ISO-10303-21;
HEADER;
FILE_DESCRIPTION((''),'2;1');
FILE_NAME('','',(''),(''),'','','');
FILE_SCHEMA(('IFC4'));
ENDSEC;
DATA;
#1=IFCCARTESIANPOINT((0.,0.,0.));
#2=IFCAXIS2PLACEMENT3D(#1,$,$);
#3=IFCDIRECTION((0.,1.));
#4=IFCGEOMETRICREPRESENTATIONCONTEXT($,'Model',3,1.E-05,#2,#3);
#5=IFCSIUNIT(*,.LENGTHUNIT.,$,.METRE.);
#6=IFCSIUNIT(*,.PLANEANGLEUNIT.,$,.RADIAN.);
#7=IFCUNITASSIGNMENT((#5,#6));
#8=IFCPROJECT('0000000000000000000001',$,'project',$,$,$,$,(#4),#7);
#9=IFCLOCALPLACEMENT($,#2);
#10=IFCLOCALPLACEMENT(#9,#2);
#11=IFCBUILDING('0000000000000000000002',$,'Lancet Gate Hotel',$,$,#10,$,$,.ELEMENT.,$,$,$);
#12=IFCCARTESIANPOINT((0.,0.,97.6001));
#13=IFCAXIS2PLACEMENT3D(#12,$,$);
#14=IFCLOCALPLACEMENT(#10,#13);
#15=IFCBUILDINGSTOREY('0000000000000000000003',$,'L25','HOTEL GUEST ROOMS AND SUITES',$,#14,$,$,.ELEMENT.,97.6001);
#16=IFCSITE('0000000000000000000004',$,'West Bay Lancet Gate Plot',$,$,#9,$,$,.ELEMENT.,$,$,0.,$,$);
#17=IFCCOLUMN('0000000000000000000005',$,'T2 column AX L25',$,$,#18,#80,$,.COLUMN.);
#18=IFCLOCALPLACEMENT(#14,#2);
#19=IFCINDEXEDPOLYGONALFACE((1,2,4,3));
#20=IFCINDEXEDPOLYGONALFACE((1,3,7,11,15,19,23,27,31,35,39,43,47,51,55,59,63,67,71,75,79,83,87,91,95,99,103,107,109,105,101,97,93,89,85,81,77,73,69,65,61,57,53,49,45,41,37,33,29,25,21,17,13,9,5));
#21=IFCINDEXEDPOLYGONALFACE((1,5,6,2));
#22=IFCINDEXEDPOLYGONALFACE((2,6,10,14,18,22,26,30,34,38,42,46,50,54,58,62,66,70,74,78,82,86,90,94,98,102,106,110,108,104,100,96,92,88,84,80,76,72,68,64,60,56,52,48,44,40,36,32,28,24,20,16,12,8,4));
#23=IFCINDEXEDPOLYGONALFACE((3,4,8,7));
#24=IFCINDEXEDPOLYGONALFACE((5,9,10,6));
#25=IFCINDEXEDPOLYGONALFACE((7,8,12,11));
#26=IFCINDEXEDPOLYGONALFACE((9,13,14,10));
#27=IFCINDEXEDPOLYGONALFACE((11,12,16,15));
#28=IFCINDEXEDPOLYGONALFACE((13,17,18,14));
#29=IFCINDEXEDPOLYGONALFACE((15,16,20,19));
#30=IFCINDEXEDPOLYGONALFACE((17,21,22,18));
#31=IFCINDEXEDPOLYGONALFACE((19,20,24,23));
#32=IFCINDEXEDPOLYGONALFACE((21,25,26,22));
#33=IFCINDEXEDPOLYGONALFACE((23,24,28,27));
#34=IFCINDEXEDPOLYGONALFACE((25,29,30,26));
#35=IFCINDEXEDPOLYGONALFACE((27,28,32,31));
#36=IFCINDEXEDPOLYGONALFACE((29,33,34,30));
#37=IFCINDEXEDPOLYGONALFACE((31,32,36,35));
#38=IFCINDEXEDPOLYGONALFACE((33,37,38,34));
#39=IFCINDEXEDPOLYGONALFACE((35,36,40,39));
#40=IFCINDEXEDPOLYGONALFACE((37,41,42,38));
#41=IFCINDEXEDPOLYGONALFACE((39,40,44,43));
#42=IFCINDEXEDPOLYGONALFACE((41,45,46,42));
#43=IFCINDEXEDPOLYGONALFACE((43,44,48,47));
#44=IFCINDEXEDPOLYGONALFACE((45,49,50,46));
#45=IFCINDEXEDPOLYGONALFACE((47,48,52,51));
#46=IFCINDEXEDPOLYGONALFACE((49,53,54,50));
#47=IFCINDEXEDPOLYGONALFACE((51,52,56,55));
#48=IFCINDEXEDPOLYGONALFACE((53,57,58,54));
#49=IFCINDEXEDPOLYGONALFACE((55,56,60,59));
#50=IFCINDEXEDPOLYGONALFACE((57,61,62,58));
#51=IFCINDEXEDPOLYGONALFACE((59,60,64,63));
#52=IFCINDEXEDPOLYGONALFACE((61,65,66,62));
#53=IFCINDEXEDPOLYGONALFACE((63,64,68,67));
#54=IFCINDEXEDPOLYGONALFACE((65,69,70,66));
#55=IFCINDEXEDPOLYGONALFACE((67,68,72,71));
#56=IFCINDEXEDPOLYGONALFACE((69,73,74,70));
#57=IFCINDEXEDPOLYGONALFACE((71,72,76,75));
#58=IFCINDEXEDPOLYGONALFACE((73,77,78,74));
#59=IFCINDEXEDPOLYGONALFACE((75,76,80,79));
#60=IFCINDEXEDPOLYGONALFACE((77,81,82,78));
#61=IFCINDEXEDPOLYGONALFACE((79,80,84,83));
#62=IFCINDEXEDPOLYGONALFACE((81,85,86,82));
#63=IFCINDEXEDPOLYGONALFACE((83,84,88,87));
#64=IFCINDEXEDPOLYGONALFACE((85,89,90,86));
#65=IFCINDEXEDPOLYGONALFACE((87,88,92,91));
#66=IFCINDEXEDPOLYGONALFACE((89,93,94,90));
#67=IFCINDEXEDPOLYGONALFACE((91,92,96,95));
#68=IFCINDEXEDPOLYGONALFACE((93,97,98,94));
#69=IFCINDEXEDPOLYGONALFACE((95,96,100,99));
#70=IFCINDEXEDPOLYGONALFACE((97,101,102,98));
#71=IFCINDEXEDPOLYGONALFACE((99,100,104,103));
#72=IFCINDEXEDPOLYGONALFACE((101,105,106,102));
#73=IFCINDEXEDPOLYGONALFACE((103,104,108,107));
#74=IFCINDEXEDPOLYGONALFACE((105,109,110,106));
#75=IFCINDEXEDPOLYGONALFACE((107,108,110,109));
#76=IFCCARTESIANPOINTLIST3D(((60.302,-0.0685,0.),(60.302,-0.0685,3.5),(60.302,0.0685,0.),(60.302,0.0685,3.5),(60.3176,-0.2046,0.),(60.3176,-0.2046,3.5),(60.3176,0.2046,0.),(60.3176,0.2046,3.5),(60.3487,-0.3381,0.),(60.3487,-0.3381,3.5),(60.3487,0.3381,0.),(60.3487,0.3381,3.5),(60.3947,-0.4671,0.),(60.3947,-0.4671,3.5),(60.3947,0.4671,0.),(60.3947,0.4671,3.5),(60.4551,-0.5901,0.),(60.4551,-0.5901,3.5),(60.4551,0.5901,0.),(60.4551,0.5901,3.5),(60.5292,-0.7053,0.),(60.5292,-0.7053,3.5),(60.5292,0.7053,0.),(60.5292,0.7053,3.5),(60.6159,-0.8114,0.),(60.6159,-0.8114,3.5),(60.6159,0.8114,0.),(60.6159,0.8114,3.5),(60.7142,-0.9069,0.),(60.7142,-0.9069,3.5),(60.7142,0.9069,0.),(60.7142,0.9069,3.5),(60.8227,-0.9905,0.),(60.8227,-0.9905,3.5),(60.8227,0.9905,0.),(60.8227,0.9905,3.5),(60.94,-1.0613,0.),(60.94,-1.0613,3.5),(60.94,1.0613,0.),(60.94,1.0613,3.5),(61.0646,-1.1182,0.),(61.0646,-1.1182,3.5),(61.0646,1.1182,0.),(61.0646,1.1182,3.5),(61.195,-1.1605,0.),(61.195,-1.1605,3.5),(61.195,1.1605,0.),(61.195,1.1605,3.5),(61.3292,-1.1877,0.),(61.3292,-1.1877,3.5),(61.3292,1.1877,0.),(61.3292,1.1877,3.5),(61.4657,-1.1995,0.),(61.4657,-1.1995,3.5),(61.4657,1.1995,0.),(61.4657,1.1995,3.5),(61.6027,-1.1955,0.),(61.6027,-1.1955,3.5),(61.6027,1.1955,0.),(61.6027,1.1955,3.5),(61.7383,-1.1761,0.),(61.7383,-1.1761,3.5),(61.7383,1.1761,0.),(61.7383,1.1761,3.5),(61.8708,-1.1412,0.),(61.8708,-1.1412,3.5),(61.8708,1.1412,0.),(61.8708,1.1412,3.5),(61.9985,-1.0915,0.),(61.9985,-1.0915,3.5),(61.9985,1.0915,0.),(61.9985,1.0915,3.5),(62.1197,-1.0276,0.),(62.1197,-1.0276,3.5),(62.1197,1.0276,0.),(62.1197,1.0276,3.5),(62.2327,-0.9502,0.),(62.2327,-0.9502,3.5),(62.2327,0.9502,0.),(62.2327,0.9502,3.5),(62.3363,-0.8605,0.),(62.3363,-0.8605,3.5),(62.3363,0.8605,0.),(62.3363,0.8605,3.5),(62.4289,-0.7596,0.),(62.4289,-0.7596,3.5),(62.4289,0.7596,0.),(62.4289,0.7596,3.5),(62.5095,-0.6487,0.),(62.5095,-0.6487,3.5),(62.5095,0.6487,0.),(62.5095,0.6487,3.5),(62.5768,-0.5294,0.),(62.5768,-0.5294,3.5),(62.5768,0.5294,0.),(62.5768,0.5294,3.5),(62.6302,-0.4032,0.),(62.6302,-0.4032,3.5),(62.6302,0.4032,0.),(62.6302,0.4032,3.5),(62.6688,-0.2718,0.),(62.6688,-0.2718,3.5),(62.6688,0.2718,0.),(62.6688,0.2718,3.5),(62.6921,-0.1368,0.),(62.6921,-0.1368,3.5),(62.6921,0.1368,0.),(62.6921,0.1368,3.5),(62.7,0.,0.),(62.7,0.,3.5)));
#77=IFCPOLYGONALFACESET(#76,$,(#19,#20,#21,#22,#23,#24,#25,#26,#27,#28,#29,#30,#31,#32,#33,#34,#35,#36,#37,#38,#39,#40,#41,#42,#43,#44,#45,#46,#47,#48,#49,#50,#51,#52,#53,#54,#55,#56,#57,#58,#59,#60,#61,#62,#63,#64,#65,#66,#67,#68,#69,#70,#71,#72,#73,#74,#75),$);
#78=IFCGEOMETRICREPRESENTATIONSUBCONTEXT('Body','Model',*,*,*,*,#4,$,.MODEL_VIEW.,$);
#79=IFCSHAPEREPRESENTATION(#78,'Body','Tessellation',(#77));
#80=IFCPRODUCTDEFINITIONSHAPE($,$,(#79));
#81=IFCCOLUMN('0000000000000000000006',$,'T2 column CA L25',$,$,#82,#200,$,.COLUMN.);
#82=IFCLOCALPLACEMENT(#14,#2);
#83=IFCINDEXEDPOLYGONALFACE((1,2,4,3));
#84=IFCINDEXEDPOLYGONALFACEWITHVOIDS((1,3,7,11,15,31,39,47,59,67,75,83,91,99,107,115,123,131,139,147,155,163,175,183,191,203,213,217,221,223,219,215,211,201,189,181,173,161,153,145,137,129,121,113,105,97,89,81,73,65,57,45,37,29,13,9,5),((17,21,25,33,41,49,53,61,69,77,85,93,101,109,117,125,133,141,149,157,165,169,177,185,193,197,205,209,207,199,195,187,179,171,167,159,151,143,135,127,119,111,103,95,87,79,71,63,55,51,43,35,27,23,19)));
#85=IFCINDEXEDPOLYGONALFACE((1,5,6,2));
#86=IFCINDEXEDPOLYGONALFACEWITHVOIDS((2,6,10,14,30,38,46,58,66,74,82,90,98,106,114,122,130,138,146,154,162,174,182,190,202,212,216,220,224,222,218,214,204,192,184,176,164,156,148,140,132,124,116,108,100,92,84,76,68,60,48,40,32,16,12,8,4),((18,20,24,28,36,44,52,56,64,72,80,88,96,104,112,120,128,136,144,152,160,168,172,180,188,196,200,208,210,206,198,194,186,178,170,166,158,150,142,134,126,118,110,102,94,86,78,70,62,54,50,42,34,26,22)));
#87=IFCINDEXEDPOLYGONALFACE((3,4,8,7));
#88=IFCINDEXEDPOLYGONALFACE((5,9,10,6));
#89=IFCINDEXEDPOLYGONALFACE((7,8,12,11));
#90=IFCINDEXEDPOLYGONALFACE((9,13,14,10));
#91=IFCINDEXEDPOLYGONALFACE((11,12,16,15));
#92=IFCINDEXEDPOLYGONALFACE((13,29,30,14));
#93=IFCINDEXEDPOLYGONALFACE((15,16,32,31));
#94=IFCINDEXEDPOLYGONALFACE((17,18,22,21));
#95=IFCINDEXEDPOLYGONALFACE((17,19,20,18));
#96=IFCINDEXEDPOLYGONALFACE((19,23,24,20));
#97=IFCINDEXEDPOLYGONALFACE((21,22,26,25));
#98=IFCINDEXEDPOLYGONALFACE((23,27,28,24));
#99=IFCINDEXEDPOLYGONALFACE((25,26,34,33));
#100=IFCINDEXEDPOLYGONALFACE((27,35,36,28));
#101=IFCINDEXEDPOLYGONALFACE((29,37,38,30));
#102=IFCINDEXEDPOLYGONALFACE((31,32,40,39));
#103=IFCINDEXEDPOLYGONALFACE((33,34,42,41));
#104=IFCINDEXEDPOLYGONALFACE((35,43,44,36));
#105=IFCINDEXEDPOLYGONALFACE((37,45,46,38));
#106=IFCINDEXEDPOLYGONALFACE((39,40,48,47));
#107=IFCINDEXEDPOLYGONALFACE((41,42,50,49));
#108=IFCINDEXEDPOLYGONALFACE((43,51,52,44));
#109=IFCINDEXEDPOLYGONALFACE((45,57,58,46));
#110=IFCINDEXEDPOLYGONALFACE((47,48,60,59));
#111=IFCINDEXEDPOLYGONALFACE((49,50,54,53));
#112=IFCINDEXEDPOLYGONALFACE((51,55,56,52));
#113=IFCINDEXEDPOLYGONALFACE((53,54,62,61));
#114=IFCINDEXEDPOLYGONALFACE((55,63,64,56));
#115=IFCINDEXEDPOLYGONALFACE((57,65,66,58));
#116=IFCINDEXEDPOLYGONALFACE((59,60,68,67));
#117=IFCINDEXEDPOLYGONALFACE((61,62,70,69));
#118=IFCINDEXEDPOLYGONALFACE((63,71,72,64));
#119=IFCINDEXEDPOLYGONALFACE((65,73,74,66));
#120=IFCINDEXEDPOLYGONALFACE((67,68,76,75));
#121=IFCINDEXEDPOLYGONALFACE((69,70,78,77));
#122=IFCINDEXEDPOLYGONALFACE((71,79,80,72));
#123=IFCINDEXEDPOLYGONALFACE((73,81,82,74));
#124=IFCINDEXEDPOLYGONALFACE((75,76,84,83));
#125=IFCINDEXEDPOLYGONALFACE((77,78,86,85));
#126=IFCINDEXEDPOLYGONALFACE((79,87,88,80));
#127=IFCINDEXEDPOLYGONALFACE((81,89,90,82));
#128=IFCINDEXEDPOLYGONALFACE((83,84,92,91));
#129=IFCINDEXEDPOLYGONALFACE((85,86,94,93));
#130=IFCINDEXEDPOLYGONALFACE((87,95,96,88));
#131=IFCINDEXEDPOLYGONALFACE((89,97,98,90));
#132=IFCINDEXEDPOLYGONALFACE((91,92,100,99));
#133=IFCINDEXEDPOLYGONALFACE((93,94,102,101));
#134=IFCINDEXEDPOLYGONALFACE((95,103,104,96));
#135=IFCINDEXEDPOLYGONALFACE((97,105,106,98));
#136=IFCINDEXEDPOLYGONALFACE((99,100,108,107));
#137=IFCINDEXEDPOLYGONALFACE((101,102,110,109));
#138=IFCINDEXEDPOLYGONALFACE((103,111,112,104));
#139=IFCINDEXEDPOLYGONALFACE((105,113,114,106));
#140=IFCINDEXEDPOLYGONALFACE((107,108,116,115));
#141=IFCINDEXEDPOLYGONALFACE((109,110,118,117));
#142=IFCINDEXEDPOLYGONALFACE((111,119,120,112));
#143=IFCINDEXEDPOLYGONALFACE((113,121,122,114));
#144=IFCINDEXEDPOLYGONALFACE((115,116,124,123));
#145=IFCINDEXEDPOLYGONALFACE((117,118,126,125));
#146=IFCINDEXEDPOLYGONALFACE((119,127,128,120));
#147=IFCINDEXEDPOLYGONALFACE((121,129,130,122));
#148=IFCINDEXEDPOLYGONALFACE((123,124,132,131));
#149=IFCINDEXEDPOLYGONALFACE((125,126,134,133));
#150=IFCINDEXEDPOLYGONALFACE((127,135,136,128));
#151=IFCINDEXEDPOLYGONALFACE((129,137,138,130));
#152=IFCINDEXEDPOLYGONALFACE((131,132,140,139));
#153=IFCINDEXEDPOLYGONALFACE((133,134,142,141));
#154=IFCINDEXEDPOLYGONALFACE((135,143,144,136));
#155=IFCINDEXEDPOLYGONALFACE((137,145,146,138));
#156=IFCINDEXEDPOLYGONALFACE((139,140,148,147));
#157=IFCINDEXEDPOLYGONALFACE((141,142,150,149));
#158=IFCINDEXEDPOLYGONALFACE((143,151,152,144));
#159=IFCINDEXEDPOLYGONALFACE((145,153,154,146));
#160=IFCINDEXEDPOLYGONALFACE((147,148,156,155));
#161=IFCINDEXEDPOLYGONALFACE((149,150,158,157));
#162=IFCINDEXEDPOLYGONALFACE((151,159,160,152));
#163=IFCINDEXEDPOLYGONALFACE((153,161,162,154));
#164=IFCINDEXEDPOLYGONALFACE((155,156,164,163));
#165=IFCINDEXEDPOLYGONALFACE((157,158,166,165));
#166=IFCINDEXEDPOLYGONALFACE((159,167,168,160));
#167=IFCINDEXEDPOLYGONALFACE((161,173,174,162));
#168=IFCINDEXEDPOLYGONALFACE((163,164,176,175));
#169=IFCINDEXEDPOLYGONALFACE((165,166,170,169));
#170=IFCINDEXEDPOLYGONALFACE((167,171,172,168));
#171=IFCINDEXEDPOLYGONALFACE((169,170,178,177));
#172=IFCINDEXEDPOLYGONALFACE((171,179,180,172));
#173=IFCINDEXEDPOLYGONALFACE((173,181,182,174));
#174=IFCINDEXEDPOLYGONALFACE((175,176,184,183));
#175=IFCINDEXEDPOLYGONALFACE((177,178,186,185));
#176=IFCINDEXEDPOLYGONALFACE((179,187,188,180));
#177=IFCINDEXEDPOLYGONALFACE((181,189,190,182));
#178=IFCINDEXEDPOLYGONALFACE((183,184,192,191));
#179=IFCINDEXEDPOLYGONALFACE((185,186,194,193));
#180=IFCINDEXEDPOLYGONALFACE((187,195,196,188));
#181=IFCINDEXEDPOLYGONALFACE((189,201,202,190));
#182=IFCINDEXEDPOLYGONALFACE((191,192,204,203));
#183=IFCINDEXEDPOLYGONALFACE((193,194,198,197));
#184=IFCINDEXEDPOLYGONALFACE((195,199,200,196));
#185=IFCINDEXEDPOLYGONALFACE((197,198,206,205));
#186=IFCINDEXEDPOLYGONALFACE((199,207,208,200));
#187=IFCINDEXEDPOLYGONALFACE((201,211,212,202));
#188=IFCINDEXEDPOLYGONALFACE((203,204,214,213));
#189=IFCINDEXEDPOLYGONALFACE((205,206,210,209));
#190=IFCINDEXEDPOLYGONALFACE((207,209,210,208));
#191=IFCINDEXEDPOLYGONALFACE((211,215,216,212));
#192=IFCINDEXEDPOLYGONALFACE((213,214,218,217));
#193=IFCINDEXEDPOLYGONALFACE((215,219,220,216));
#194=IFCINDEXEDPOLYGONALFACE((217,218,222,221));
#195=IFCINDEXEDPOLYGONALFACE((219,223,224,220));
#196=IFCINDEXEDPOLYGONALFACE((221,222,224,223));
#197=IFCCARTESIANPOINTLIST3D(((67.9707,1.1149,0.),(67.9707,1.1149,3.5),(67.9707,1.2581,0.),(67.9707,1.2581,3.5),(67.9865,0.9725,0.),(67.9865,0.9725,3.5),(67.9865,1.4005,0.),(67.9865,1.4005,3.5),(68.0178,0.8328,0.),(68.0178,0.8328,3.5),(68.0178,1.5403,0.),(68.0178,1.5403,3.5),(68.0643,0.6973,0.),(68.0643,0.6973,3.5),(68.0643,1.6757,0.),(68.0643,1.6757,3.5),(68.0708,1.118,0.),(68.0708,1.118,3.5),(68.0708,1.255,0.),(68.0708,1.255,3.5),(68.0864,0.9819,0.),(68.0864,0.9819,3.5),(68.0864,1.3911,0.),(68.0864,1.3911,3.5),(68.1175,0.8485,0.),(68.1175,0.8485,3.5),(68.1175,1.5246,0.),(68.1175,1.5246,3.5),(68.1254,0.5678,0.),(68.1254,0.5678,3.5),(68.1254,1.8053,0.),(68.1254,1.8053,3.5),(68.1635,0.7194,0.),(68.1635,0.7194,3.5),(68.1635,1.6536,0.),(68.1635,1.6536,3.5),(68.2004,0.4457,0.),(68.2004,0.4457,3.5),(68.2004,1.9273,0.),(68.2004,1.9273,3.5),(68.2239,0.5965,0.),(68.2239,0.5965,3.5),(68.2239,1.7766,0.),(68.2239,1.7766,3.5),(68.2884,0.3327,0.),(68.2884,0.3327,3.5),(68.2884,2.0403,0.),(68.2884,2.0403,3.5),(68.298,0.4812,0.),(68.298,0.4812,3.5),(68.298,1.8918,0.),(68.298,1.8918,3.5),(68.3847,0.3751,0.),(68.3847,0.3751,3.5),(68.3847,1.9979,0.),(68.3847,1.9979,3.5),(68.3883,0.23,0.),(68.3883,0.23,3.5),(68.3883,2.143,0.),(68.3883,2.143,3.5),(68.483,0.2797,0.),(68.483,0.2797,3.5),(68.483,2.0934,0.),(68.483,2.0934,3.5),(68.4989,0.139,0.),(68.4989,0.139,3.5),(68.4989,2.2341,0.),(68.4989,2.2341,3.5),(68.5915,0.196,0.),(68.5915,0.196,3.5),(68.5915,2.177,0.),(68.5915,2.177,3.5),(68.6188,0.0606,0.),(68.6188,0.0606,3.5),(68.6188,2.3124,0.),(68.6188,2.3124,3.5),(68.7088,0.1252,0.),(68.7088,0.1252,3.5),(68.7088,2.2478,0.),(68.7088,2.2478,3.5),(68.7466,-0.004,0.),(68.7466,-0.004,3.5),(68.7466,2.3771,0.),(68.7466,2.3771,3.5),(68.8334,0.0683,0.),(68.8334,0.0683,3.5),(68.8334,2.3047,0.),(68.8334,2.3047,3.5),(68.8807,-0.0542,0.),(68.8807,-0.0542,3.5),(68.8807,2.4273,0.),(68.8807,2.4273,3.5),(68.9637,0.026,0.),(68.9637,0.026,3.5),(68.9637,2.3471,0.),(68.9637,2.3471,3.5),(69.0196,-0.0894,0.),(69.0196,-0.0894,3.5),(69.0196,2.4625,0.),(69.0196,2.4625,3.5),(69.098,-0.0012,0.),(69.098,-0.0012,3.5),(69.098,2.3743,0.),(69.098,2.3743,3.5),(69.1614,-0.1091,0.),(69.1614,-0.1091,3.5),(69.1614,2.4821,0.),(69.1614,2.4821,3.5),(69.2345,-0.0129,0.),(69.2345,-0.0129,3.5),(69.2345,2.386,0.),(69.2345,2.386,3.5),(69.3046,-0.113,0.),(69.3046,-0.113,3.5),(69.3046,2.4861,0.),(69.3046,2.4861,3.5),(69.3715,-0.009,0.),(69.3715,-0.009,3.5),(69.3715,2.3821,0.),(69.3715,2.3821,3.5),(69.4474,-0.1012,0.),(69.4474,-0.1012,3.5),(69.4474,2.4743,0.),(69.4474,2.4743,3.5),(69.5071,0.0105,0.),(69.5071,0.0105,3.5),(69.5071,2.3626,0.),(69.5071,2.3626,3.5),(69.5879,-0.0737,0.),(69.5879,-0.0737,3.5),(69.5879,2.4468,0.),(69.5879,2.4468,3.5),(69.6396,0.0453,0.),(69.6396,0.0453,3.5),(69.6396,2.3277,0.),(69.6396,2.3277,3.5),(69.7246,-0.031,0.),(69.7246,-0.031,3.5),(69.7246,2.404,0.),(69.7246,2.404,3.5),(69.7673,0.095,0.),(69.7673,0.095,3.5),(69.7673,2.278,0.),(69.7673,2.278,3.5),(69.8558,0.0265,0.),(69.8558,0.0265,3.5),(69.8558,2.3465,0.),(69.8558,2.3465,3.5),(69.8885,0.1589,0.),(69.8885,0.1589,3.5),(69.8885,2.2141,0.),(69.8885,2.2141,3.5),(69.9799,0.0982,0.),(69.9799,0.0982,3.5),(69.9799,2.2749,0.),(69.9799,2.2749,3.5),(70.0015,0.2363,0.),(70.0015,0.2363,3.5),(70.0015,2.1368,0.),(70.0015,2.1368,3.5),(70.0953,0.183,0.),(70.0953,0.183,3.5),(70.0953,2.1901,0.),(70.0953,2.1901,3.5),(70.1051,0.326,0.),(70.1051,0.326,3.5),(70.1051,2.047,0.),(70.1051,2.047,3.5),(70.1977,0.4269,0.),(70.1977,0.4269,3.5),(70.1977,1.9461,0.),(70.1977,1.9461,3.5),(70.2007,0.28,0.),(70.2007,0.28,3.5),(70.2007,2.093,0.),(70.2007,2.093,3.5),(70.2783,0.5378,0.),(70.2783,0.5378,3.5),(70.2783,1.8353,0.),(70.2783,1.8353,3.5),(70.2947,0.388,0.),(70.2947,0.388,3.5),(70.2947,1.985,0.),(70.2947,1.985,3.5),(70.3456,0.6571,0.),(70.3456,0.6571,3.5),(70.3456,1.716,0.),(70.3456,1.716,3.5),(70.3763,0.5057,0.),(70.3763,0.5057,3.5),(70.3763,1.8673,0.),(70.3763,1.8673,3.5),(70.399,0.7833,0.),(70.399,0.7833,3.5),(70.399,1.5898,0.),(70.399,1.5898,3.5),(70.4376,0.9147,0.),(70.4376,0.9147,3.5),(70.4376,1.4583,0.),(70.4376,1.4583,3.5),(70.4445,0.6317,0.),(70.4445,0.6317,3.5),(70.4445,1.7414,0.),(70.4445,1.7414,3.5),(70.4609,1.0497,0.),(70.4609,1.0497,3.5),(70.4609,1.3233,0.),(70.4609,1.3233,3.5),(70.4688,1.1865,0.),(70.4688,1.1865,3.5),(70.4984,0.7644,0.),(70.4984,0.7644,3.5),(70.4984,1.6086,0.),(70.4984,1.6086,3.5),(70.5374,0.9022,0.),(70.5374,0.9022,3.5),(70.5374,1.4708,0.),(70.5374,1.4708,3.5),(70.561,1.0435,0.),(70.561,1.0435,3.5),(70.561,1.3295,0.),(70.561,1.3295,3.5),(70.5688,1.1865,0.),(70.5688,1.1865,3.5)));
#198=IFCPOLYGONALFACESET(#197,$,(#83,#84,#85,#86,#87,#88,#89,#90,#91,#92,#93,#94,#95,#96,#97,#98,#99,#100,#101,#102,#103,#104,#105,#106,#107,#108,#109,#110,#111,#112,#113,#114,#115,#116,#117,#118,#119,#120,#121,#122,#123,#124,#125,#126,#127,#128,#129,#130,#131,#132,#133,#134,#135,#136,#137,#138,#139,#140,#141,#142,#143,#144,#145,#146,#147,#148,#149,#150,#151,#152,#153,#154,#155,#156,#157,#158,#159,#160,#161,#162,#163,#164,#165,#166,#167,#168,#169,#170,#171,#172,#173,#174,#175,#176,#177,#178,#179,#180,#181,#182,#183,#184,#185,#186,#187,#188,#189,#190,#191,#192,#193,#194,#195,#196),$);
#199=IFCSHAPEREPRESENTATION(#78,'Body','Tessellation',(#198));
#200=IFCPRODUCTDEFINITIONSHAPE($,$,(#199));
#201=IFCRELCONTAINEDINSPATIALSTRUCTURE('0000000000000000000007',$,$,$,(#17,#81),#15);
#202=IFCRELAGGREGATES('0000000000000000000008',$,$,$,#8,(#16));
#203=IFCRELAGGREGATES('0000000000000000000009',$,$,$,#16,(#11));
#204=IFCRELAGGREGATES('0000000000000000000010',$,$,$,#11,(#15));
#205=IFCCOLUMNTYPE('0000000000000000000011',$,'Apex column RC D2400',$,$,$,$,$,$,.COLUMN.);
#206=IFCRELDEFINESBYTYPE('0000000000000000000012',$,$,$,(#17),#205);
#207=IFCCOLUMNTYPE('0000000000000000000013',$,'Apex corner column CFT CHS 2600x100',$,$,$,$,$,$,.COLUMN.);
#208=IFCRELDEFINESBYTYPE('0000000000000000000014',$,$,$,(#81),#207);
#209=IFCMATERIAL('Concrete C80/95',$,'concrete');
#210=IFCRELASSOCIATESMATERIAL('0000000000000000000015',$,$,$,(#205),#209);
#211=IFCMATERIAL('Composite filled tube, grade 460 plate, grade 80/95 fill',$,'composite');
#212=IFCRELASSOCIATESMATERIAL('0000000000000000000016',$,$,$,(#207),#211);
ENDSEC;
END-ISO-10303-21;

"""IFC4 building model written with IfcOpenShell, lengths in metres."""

from ifc_helpers import new_model, si_unit, direction, frame, origin, origin_2d, place, context, subcontext, project, spatial, circle, hollow_circle, extrude, material, material_profile, profile_set, type_object, element, save


model = new_model("IFC4")

# Units and contexts
model_context = context("Model", 3, precision=1e-05, world=origin(), true_north=direction((0.0, 1.0)))
body_context = subcontext(model_context, "Body", "Model", "MODEL_VIEW")
ifc_project = project(units=[si_unit("LENGTHUNIT", "METRE"), si_unit("PLANEANGLEUNIT", "RADIAN")], contexts=[model_context])

# Site, building, storey
site_placement = place(None, origin())
site = spatial("IfcSite", under=ifc_project, at=site_placement, Name="West Bay Lancet Gate Plot", CompositionType="ELEMENT", RefElevation=0.0)
building_placement = place(site_placement, origin())
building = spatial("IfcBuilding", under=site, at=building_placement, Name="Lancet Gate Hotel", CompositionType="ELEMENT")
storey_placement = place(building_placement, frame((0.0, 0.0, 97.6001)))
storey = spatial("IfcBuildingStorey", under=building, at=storey_placement, Name="L25", Description="HOTEL GUEST ROOMS AND SUITES", CompositionType="ELEMENT", Elevation=97.6001)

# Columns
ifc_material_1 = material(Name="Concrete C80/95", Category="concrete")
ifc_material_profile_1 = material_profile(ifc_material_1, circle(Radius=1.2, at=origin_2d()), Name="RC D2400")
ifc_profile_set_1 = profile_set([ifc_material_profile_1], Name="Concrete C80/95")
column_type_1 = type_object("IfcColumnType", Name="Apex column RC D2400", PredefinedType="COLUMN", material=ifc_profile_set_1)
column_1_placement = place(storey_placement, frame((61.5, 0.0, 0.0), z_axis=(0.0, 0.0, 1.0), x_axis=(1.0, 0.0, 0.0)))
element("IfcColumn", 1, at=column_1_placement, inside=storey, type_object=column_type_1, Name="T2 column AX L25", PredefinedType="COLUMN", context=body_context, shape_type="SweptSolid", body=[
    extrude(circle(Radius=1.2, at=origin_2d()), origin(), (0.0, 0.0, 1.0), 3.5),
])
ifc_material_2 = material(Name="Composite filled tube, grade 460 plate, grade 80/95 fill", Category="composite")
ifc_material_profile_2 = material_profile(ifc_material_2, hollow_circle(Radius=1.3, WallThickness=0.1001, at=origin_2d()), Name="CHS 2600x100")
ifc_profile_set_2 = profile_set([ifc_material_profile_2], Name="Composite filled tube, grade 460 plate, grade 80/95 fill")
column_type_2 = type_object("IfcColumnType", Name="Apex corner column CFT CHS 2600x100", PredefinedType="COLUMN", material=ifc_profile_set_2)
column_2_placement = place(storey_placement, frame((69.2688, 1.1865, 0.0), z_axis=(0.0, 0.0, 1.0), x_axis=(1.0, 0.0, 0.0)))
element("IfcColumn", 2, at=column_2_placement, inside=storey, type_object=column_type_2, Name="T2 column CA L25", PredefinedType="COLUMN", context=body_context, shape_type="SweptSolid", body=[
    extrude(hollow_circle(Radius=1.3, WallThickness=0.1001, at=origin_2d()), origin(), (0.0, 0.0, 1.0), 3.5),
])

save(model, "model.ifc")
